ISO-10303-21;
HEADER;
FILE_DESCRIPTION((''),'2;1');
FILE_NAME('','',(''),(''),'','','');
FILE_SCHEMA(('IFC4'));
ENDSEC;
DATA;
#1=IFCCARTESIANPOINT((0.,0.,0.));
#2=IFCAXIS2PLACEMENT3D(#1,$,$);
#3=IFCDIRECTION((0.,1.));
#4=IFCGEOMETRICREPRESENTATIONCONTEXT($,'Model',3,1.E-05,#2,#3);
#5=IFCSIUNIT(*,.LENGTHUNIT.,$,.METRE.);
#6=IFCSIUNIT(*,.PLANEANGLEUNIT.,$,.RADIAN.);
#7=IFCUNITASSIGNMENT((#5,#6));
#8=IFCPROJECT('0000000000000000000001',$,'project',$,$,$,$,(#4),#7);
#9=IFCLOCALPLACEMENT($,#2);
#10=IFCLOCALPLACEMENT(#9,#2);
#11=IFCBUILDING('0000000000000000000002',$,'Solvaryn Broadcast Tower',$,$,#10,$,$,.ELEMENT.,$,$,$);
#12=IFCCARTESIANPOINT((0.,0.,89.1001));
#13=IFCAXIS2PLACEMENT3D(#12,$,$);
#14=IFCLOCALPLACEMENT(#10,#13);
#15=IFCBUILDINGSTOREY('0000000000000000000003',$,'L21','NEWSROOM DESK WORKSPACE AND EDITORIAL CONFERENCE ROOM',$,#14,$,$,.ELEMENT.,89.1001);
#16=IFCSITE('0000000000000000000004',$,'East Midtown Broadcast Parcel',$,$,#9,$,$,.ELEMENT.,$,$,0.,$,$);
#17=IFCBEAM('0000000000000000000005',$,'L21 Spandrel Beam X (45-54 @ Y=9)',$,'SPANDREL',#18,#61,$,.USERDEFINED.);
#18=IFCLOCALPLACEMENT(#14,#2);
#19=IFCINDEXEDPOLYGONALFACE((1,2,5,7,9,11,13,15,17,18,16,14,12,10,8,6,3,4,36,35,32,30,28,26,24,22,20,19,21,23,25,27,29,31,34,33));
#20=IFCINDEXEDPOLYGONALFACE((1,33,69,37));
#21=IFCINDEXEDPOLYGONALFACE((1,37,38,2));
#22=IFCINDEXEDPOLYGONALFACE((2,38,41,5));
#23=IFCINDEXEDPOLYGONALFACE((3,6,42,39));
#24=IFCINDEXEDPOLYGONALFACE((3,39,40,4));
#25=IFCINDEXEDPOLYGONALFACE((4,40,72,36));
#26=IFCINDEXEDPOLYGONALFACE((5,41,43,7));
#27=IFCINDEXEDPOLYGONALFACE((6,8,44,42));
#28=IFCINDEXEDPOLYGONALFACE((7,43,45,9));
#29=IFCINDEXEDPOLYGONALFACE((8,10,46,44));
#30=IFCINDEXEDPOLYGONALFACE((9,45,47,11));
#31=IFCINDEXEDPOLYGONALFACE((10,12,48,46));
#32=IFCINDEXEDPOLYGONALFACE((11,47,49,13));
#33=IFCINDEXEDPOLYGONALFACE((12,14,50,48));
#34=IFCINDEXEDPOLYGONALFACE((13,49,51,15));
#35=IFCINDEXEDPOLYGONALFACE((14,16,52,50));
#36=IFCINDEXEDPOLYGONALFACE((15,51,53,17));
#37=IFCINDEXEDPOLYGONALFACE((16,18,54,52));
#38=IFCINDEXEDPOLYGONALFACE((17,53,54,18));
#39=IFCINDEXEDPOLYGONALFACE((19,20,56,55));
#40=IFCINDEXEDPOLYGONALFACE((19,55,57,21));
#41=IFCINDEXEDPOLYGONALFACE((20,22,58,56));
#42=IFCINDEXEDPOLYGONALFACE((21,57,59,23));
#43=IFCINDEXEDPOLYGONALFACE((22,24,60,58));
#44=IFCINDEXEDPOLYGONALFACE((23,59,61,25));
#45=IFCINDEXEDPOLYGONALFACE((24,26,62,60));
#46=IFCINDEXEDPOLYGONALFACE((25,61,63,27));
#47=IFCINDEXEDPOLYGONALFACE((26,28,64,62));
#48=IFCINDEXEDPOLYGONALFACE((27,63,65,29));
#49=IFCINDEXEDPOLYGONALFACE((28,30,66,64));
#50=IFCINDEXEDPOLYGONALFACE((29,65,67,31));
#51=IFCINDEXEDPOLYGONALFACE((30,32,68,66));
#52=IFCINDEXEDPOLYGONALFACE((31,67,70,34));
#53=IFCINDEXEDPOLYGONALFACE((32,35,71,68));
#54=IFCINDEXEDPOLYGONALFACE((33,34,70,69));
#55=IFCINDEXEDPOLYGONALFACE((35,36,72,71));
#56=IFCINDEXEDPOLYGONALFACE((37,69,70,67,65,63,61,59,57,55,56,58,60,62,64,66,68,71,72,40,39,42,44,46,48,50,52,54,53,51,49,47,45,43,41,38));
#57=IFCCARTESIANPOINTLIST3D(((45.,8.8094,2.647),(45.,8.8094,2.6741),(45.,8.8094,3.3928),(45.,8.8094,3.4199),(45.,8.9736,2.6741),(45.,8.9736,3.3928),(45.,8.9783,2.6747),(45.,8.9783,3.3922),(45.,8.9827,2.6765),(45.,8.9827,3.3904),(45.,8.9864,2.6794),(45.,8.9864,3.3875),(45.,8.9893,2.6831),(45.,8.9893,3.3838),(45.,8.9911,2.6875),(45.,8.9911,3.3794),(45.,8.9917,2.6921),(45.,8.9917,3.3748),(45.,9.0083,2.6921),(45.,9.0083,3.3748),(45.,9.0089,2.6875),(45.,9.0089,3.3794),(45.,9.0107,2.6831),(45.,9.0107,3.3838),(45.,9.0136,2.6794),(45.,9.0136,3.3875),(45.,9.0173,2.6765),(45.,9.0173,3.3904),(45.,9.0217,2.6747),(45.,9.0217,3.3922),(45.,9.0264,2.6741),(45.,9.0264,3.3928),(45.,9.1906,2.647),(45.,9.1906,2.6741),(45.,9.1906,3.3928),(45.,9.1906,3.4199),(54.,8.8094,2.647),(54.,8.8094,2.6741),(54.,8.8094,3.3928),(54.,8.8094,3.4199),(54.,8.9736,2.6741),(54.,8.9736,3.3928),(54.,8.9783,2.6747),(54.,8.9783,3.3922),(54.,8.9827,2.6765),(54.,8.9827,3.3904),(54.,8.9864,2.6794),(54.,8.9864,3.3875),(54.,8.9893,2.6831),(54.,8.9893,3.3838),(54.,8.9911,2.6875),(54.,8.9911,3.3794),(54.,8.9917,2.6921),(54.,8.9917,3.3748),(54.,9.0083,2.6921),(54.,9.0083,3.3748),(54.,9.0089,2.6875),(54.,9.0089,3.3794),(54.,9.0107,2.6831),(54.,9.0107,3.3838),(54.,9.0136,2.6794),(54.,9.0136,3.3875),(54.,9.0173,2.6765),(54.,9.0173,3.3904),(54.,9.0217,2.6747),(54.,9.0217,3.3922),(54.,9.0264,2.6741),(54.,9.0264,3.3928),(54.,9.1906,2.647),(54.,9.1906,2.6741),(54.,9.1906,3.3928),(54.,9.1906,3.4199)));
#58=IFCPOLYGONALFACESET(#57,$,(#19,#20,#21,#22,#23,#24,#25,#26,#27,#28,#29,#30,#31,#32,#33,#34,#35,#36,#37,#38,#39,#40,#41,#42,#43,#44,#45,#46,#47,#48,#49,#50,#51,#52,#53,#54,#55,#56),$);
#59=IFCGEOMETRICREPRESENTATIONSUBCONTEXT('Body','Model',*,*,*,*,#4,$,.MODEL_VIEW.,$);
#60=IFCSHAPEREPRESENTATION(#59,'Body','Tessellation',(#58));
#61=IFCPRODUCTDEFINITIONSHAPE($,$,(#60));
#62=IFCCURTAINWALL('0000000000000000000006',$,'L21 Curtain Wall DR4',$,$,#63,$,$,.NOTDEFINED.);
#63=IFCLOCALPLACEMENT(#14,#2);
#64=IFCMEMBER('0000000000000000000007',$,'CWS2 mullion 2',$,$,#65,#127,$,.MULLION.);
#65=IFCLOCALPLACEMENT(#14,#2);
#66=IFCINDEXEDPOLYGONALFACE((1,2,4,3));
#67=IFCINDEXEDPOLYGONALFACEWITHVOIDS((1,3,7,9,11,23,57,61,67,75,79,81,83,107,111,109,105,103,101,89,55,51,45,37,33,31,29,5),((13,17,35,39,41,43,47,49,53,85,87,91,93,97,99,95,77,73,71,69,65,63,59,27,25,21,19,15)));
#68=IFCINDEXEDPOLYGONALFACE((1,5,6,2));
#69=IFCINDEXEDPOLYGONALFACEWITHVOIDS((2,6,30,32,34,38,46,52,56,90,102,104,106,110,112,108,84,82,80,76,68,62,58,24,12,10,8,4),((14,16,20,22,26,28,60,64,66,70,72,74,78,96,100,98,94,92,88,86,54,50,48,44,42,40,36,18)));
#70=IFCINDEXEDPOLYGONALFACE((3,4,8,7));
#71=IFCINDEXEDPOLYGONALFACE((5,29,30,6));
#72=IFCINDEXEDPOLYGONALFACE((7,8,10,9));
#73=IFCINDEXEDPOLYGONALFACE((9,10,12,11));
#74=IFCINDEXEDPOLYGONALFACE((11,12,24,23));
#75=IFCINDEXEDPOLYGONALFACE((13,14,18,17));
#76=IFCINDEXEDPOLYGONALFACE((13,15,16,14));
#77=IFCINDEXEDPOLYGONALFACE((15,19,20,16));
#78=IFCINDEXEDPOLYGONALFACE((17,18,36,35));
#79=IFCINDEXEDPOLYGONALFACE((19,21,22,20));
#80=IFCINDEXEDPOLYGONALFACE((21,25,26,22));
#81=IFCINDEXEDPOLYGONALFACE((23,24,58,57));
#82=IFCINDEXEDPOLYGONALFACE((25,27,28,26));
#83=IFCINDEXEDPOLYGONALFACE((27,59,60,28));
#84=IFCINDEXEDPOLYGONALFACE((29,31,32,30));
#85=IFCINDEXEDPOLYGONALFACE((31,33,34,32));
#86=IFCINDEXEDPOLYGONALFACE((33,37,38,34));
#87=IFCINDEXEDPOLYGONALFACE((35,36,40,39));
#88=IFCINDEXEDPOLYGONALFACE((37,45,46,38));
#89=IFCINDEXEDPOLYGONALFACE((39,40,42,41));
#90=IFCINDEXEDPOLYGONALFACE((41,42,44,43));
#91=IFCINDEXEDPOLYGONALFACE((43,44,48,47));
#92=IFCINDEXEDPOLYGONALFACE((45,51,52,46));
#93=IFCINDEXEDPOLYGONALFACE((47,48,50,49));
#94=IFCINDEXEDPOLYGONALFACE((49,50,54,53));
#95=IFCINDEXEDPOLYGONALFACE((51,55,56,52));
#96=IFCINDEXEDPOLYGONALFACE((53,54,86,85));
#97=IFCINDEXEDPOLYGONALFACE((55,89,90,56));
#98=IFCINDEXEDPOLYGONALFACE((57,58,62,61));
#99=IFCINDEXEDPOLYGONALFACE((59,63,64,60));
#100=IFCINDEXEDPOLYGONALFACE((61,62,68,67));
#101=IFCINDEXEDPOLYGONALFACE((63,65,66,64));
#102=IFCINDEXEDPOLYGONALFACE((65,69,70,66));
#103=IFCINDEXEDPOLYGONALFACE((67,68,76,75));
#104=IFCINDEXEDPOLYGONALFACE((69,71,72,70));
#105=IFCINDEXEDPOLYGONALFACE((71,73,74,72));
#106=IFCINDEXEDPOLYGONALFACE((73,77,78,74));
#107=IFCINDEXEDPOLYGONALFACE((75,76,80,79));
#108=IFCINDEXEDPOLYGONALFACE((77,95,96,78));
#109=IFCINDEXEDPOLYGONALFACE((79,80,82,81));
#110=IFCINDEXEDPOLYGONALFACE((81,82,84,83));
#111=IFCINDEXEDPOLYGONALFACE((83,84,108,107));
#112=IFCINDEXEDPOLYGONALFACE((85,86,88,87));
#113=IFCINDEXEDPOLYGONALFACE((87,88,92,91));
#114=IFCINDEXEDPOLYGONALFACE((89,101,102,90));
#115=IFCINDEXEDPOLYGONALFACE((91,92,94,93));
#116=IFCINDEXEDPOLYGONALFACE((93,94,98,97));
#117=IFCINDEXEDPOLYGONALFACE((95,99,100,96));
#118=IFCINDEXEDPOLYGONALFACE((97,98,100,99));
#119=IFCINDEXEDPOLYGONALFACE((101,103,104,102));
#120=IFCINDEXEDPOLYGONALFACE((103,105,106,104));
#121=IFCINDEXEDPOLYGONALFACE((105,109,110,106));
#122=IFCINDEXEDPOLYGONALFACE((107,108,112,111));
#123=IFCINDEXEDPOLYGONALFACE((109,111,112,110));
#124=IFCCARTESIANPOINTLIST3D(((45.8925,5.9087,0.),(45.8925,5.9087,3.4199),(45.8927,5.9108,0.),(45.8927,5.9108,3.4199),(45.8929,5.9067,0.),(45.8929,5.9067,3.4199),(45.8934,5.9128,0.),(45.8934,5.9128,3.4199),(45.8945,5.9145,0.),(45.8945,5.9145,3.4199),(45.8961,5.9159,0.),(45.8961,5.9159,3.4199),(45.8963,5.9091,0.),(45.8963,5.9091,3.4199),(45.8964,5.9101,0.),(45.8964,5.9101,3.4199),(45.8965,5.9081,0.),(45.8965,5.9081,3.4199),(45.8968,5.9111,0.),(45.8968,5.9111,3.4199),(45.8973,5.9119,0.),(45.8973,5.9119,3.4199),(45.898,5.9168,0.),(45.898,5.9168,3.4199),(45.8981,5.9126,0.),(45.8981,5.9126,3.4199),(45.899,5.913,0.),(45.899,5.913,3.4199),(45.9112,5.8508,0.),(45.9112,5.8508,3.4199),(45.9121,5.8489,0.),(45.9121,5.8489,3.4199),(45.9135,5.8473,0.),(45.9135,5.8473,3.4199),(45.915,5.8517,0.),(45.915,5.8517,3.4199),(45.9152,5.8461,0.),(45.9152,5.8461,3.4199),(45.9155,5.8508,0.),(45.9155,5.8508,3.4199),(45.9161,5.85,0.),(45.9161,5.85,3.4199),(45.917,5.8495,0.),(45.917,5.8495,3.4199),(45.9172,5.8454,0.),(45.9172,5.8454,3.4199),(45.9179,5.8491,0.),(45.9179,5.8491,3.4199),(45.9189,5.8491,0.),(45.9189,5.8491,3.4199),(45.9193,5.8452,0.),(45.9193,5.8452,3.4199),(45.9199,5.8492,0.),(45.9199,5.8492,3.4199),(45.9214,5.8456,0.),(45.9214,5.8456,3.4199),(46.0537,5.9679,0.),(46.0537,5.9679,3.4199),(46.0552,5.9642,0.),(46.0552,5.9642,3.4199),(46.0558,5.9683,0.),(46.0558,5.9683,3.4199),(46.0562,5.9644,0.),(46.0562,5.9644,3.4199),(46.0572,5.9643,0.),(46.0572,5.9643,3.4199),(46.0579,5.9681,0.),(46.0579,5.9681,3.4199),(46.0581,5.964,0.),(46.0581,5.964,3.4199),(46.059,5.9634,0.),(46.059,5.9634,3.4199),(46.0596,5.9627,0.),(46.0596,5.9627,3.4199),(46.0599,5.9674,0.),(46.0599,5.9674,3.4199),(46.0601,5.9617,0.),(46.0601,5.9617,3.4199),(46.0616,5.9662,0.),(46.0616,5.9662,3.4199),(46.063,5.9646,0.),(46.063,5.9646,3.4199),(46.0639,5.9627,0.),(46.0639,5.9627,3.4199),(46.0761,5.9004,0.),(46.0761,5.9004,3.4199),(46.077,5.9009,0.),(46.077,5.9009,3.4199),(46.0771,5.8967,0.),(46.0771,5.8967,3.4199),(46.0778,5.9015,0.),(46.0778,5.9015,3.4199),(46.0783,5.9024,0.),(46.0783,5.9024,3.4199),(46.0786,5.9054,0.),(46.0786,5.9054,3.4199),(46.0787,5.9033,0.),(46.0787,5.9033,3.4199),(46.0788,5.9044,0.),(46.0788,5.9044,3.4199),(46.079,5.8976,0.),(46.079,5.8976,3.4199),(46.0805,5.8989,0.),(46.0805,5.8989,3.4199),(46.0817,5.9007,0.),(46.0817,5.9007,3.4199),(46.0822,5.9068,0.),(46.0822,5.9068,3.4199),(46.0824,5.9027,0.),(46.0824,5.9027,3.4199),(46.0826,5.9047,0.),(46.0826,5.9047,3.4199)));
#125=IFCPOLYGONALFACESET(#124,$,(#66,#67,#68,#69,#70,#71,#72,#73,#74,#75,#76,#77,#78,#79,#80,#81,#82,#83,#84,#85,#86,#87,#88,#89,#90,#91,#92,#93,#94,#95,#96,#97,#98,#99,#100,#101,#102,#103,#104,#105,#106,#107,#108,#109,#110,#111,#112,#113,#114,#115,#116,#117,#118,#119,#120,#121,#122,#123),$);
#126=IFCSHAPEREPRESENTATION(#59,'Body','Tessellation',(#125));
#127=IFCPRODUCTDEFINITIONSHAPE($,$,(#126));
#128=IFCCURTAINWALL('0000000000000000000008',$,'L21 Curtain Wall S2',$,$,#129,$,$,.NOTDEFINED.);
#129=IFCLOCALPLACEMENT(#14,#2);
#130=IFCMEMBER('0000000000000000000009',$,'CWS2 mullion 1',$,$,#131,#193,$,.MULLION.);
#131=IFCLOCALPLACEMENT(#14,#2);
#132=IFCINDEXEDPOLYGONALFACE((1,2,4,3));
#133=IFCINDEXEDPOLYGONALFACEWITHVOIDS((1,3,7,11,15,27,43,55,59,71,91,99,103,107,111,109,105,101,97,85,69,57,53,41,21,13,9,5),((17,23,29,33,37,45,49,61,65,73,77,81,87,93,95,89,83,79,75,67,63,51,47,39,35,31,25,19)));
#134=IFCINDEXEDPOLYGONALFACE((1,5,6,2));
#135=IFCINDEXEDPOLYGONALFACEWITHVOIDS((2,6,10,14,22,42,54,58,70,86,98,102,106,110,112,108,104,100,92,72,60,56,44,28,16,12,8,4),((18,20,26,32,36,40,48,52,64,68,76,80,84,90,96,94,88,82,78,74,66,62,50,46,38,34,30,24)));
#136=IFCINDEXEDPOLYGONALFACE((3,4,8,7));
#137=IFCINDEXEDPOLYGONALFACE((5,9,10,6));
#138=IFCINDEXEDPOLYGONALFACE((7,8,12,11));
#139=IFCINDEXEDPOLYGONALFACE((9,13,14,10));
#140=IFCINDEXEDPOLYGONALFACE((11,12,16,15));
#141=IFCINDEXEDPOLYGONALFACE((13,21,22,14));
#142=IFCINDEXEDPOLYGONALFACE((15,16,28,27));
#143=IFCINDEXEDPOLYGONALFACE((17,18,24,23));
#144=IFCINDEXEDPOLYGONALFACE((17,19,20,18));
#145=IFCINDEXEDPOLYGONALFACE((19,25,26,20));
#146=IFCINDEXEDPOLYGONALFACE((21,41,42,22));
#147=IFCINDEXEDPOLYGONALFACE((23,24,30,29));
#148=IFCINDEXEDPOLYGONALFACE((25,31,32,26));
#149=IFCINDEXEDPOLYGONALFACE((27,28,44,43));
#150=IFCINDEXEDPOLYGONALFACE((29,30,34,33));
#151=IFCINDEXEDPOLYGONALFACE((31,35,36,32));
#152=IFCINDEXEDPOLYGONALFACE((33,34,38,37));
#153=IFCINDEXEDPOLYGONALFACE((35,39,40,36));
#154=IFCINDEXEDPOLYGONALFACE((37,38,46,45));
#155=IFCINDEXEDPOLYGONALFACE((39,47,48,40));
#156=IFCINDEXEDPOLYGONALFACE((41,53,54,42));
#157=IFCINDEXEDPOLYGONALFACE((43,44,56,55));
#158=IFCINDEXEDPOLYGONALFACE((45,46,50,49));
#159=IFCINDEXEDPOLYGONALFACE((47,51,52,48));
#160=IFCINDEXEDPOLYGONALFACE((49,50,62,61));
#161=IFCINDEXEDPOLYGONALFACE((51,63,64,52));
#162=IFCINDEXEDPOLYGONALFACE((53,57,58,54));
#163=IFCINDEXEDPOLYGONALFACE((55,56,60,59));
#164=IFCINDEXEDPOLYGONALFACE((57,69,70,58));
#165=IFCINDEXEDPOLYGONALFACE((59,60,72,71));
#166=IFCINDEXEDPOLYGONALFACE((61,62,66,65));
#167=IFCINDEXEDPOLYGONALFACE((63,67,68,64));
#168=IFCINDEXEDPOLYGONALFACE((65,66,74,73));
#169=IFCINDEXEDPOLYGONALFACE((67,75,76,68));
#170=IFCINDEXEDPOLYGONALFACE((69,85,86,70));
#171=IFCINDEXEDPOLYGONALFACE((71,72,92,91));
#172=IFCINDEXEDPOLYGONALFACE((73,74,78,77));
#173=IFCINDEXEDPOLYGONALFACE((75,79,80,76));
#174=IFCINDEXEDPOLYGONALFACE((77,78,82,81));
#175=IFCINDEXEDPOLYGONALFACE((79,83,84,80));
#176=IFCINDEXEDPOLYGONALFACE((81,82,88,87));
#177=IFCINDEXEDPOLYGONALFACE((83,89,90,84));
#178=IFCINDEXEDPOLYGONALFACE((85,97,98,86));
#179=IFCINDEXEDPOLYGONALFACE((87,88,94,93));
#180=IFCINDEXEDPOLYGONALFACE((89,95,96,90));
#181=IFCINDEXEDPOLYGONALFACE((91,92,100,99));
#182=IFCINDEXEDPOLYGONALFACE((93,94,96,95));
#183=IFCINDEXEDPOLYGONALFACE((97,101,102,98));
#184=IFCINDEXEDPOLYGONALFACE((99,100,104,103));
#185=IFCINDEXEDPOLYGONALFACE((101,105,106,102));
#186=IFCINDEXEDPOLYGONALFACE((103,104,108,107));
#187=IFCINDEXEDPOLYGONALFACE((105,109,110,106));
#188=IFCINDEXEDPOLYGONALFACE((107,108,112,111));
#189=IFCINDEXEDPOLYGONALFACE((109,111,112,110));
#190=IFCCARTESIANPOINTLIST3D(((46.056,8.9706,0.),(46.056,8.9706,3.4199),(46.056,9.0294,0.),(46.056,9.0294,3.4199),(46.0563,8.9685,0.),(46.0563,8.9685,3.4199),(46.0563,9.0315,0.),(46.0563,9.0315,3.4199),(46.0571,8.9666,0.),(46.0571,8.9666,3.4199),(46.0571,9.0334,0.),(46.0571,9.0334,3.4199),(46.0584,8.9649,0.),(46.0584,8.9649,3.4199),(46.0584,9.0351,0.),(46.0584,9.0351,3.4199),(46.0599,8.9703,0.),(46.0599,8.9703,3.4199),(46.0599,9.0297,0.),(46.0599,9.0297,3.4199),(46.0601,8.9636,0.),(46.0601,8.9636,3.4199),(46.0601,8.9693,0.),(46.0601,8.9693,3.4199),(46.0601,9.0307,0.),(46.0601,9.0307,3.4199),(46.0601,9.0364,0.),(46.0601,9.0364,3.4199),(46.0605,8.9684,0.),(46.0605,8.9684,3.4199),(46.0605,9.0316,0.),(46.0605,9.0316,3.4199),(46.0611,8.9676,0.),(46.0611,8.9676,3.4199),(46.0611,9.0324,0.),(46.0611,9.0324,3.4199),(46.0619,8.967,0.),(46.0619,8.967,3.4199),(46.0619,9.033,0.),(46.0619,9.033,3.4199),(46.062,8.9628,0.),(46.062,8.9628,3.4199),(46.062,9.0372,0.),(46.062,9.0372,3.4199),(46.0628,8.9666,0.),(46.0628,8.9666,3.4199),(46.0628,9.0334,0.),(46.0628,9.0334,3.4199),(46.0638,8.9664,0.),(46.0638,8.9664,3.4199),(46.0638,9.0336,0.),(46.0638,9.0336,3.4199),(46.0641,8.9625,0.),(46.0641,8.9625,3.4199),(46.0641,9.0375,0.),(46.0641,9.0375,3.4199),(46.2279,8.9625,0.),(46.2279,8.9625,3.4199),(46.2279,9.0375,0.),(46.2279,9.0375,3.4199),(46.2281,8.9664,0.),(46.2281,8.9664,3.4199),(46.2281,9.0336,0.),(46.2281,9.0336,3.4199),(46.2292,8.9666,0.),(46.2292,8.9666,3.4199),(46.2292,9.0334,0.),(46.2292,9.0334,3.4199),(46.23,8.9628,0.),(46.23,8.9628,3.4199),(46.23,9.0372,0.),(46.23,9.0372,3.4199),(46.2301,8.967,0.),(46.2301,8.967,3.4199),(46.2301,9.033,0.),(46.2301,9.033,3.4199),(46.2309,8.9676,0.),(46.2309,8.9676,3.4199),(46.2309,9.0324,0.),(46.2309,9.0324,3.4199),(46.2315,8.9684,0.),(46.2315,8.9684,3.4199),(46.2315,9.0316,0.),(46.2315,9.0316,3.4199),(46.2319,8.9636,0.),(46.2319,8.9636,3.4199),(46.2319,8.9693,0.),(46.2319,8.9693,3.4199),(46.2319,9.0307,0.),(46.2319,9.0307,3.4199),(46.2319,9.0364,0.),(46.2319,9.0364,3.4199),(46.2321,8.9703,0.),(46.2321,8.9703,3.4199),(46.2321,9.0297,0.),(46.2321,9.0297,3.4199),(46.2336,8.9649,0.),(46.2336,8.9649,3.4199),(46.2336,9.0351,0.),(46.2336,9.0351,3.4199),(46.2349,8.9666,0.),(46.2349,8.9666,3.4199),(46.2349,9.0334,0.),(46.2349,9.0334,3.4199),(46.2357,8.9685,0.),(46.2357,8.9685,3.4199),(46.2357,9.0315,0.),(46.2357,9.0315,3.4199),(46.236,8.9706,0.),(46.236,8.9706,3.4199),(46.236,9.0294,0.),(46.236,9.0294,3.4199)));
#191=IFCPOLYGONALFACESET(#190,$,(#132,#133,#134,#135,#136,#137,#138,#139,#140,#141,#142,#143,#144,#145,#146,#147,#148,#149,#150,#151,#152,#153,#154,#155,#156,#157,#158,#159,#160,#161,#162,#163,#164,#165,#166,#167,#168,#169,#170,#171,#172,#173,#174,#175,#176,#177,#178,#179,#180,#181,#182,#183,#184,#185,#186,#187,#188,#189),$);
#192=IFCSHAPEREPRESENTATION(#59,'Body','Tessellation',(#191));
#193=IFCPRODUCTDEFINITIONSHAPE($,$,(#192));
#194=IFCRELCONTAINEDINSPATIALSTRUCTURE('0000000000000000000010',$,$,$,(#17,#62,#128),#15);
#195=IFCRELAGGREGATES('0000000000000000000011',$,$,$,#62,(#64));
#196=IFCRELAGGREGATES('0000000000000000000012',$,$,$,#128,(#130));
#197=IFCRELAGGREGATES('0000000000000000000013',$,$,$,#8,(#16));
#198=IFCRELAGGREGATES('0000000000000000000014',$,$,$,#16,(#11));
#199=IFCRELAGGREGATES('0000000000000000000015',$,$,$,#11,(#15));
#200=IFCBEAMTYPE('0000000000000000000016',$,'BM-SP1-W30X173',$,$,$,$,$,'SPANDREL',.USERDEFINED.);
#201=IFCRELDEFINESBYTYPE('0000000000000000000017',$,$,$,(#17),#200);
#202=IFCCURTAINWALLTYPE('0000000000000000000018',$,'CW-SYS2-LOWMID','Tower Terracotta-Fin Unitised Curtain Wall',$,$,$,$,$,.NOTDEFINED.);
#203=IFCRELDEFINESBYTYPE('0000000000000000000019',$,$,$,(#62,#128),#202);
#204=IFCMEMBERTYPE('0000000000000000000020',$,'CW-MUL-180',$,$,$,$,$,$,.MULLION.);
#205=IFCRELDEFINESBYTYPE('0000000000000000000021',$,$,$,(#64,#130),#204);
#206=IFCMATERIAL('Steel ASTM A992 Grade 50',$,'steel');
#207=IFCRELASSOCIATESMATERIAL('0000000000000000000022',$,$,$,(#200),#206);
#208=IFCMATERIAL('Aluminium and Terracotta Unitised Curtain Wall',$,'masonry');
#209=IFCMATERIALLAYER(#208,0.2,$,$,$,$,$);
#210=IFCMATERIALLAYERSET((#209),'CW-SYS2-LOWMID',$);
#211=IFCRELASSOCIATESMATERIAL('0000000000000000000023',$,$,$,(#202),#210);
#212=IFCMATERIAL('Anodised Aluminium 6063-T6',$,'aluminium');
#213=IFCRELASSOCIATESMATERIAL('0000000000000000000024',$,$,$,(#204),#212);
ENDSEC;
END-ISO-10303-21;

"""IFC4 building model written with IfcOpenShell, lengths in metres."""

from ifc_helpers import new_model, si_unit, direction, frame, origin, origin_2d, place, context, subcontext, project, spatial, hollow_rectangle, i_section, extrude, material, layer, layer_set, material_profile, profile_set, type_object, element, aggregate, save


model = new_model("IFC4")

# Units and contexts
model_context = context("Model", 3, precision=1e-05, world=origin(), true_north=direction((0.0, 1.0)))
body_context = subcontext(model_context, "Body", "Model", "MODEL_VIEW")
ifc_project = project(units=[si_unit("LENGTHUNIT", "METRE"), si_unit("PLANEANGLEUNIT", "RADIAN")], contexts=[model_context])

# Site, building, storey
site_placement = place(None, origin())
site = spatial("IfcSite", under=ifc_project, at=site_placement, Name="East Midtown Broadcast Parcel", CompositionType="ELEMENT", RefElevation=0.0)
building_placement = place(site_placement, origin())
building = spatial("IfcBuilding", under=site, at=building_placement, Name="Solvaryn Broadcast Tower", CompositionType="ELEMENT")
storey_placement = place(building_placement, frame((0.0, 0.0, 89.1001)))
storey = spatial("IfcBuildingStorey", under=building, at=storey_placement, Name="L21", Description="NEWSROOM DESK WORKSPACE AND EDITORIAL CONFERENCE ROOM", CompositionType="ELEMENT", Elevation=89.1001)

# Beam
ifc_material_1 = material(Name="Steel ASTM A992 Grade 50", Category="steel")
ifc_material_profile_1 = material_profile(ifc_material_1, i_section(OverallWidth=0.3811, OverallDepth=0.7729, WebThickness=0.0166, FlangeThickness=0.0271, FilletRadius=0.0181, at=origin_2d()))
ifc_profile_set_1 = profile_set([ifc_material_profile_1], Name="Steel ASTM A992 Grade 50")
beam_type_1 = type_object("IfcBeamType", Name="BM-SP1-W30X173", ElementType="SPANDREL", PredefinedType="USERDEFINED", material=ifc_profile_set_1)
beam_1_placement = place(storey_placement, frame((45.0, 9.0, 3.0334), z_axis=(1.0, 0.0, 0.0), x_axis=(0.0, 1.0, 0.0)))
element("IfcBeam", 1, at=beam_1_placement, inside=storey, type_object=beam_type_1, Name="L21 Spandrel Beam X (45-54 @ Y=9)", ObjectType="SPANDREL", PredefinedType="USERDEFINED", context=body_context, shape_type="SweptSolid", body=[
    extrude(i_section(OverallWidth=0.3811, OverallDepth=0.7729, WebThickness=0.0166, FlangeThickness=0.0271, FilletRadius=0.0181, at=origin_2d()), origin(), (0.0, 0.0, 1.0), 9.0),
])

# Curtain wall, member
ifc_material_2 = material(Name="Aluminium and Terracotta Unitised Curtain Wall", Category="masonry")
ifc_layer_1 = layer(ifc_material_2, 0.2)
ifc_layer_set_1 = layer_set([ifc_layer_1], Name="CW-SYS2-LOWMID")
curtain_wall_type = type_object("IfcCurtainWallType", Name="CW-SYS2-LOWMID", Description="Tower Terracotta-Fin Unitised Curtain Wall", PredefinedType="NOTDEFINED", material=ifc_layer_set_1)
curtain_wall_1_placement = place(storey_placement, origin())
curtain_wall_1 = element("IfcCurtainWall", 2, at=curtain_wall_1_placement, inside=storey, type_object=curtain_wall_type, Name="L21 Curtain Wall DR4", PredefinedType="NOTDEFINED")
ifc_material_3 = material(Name="Anodised Aluminium 6063-T6", Category="aluminium")
ifc_material_profile_2 = material_profile(ifc_material_3, hollow_rectangle(XDim=0.075, YDim=0.1799, WallThickness=0.0039, InnerFilletRadius=0.0039, OuterFilletRadius=0.0081, at=origin_2d()))
ifc_profile_set_2 = profile_set([ifc_material_profile_2], Name="Anodised Aluminium 6063-T6")
member_type_1 = type_object("IfcMemberType", Name="CW-MUL-180", PredefinedType="MULLION", material=ifc_profile_set_2)
member_1_placement = place(storey_placement, frame((45.9875, 5.9067, 0.0), z_axis=(0.0, 0.0, 1.0), x_axis=(-0.311594, 0.950215, 0.0)))
member_1 = element("IfcMember", 3, at=member_1_placement, type_object=member_type_1, Name="CWS2 mullion 2", PredefinedType="MULLION", context=body_context, shape_type="SweptSolid", body=[
    extrude(hollow_rectangle(XDim=0.075, YDim=0.1799, WallThickness=0.0039, InnerFilletRadius=0.0039, OuterFilletRadius=0.0081, at=origin_2d()), origin(), (0.0, 0.0, 1.0), 3.4199),
])
aggregate(curtain_wall_1, [member_1])

# Curtain wall, member
curtain_wall_2_placement = place(storey_placement, origin())
curtain_wall_2 = element("IfcCurtainWall", 4, at=curtain_wall_2_placement, inside=storey, type_object=curtain_wall_type, Name="L21 Curtain Wall S2", PredefinedType="NOTDEFINED")
member_2_placement = place(storey_placement, frame((46.146, 9.0, 0.0), z_axis=(0.0, 0.0, 1.0), x_axis=(0.0, 1.0, 0.0)))
member_2 = element("IfcMember", 5, at=member_2_placement, type_object=member_type_1, Name="CWS2 mullion 1", PredefinedType="MULLION", context=body_context, shape_type="SweptSolid", body=[
    extrude(hollow_rectangle(XDim=0.075, YDim=0.1799, WallThickness=0.0039, InnerFilletRadius=0.0039, OuterFilletRadius=0.0081, at=origin_2d()), origin(), (0.0, 0.0, 1.0), 3.4199),
])
aggregate(curtain_wall_2, [member_2])

save(model, "model.ifc")
